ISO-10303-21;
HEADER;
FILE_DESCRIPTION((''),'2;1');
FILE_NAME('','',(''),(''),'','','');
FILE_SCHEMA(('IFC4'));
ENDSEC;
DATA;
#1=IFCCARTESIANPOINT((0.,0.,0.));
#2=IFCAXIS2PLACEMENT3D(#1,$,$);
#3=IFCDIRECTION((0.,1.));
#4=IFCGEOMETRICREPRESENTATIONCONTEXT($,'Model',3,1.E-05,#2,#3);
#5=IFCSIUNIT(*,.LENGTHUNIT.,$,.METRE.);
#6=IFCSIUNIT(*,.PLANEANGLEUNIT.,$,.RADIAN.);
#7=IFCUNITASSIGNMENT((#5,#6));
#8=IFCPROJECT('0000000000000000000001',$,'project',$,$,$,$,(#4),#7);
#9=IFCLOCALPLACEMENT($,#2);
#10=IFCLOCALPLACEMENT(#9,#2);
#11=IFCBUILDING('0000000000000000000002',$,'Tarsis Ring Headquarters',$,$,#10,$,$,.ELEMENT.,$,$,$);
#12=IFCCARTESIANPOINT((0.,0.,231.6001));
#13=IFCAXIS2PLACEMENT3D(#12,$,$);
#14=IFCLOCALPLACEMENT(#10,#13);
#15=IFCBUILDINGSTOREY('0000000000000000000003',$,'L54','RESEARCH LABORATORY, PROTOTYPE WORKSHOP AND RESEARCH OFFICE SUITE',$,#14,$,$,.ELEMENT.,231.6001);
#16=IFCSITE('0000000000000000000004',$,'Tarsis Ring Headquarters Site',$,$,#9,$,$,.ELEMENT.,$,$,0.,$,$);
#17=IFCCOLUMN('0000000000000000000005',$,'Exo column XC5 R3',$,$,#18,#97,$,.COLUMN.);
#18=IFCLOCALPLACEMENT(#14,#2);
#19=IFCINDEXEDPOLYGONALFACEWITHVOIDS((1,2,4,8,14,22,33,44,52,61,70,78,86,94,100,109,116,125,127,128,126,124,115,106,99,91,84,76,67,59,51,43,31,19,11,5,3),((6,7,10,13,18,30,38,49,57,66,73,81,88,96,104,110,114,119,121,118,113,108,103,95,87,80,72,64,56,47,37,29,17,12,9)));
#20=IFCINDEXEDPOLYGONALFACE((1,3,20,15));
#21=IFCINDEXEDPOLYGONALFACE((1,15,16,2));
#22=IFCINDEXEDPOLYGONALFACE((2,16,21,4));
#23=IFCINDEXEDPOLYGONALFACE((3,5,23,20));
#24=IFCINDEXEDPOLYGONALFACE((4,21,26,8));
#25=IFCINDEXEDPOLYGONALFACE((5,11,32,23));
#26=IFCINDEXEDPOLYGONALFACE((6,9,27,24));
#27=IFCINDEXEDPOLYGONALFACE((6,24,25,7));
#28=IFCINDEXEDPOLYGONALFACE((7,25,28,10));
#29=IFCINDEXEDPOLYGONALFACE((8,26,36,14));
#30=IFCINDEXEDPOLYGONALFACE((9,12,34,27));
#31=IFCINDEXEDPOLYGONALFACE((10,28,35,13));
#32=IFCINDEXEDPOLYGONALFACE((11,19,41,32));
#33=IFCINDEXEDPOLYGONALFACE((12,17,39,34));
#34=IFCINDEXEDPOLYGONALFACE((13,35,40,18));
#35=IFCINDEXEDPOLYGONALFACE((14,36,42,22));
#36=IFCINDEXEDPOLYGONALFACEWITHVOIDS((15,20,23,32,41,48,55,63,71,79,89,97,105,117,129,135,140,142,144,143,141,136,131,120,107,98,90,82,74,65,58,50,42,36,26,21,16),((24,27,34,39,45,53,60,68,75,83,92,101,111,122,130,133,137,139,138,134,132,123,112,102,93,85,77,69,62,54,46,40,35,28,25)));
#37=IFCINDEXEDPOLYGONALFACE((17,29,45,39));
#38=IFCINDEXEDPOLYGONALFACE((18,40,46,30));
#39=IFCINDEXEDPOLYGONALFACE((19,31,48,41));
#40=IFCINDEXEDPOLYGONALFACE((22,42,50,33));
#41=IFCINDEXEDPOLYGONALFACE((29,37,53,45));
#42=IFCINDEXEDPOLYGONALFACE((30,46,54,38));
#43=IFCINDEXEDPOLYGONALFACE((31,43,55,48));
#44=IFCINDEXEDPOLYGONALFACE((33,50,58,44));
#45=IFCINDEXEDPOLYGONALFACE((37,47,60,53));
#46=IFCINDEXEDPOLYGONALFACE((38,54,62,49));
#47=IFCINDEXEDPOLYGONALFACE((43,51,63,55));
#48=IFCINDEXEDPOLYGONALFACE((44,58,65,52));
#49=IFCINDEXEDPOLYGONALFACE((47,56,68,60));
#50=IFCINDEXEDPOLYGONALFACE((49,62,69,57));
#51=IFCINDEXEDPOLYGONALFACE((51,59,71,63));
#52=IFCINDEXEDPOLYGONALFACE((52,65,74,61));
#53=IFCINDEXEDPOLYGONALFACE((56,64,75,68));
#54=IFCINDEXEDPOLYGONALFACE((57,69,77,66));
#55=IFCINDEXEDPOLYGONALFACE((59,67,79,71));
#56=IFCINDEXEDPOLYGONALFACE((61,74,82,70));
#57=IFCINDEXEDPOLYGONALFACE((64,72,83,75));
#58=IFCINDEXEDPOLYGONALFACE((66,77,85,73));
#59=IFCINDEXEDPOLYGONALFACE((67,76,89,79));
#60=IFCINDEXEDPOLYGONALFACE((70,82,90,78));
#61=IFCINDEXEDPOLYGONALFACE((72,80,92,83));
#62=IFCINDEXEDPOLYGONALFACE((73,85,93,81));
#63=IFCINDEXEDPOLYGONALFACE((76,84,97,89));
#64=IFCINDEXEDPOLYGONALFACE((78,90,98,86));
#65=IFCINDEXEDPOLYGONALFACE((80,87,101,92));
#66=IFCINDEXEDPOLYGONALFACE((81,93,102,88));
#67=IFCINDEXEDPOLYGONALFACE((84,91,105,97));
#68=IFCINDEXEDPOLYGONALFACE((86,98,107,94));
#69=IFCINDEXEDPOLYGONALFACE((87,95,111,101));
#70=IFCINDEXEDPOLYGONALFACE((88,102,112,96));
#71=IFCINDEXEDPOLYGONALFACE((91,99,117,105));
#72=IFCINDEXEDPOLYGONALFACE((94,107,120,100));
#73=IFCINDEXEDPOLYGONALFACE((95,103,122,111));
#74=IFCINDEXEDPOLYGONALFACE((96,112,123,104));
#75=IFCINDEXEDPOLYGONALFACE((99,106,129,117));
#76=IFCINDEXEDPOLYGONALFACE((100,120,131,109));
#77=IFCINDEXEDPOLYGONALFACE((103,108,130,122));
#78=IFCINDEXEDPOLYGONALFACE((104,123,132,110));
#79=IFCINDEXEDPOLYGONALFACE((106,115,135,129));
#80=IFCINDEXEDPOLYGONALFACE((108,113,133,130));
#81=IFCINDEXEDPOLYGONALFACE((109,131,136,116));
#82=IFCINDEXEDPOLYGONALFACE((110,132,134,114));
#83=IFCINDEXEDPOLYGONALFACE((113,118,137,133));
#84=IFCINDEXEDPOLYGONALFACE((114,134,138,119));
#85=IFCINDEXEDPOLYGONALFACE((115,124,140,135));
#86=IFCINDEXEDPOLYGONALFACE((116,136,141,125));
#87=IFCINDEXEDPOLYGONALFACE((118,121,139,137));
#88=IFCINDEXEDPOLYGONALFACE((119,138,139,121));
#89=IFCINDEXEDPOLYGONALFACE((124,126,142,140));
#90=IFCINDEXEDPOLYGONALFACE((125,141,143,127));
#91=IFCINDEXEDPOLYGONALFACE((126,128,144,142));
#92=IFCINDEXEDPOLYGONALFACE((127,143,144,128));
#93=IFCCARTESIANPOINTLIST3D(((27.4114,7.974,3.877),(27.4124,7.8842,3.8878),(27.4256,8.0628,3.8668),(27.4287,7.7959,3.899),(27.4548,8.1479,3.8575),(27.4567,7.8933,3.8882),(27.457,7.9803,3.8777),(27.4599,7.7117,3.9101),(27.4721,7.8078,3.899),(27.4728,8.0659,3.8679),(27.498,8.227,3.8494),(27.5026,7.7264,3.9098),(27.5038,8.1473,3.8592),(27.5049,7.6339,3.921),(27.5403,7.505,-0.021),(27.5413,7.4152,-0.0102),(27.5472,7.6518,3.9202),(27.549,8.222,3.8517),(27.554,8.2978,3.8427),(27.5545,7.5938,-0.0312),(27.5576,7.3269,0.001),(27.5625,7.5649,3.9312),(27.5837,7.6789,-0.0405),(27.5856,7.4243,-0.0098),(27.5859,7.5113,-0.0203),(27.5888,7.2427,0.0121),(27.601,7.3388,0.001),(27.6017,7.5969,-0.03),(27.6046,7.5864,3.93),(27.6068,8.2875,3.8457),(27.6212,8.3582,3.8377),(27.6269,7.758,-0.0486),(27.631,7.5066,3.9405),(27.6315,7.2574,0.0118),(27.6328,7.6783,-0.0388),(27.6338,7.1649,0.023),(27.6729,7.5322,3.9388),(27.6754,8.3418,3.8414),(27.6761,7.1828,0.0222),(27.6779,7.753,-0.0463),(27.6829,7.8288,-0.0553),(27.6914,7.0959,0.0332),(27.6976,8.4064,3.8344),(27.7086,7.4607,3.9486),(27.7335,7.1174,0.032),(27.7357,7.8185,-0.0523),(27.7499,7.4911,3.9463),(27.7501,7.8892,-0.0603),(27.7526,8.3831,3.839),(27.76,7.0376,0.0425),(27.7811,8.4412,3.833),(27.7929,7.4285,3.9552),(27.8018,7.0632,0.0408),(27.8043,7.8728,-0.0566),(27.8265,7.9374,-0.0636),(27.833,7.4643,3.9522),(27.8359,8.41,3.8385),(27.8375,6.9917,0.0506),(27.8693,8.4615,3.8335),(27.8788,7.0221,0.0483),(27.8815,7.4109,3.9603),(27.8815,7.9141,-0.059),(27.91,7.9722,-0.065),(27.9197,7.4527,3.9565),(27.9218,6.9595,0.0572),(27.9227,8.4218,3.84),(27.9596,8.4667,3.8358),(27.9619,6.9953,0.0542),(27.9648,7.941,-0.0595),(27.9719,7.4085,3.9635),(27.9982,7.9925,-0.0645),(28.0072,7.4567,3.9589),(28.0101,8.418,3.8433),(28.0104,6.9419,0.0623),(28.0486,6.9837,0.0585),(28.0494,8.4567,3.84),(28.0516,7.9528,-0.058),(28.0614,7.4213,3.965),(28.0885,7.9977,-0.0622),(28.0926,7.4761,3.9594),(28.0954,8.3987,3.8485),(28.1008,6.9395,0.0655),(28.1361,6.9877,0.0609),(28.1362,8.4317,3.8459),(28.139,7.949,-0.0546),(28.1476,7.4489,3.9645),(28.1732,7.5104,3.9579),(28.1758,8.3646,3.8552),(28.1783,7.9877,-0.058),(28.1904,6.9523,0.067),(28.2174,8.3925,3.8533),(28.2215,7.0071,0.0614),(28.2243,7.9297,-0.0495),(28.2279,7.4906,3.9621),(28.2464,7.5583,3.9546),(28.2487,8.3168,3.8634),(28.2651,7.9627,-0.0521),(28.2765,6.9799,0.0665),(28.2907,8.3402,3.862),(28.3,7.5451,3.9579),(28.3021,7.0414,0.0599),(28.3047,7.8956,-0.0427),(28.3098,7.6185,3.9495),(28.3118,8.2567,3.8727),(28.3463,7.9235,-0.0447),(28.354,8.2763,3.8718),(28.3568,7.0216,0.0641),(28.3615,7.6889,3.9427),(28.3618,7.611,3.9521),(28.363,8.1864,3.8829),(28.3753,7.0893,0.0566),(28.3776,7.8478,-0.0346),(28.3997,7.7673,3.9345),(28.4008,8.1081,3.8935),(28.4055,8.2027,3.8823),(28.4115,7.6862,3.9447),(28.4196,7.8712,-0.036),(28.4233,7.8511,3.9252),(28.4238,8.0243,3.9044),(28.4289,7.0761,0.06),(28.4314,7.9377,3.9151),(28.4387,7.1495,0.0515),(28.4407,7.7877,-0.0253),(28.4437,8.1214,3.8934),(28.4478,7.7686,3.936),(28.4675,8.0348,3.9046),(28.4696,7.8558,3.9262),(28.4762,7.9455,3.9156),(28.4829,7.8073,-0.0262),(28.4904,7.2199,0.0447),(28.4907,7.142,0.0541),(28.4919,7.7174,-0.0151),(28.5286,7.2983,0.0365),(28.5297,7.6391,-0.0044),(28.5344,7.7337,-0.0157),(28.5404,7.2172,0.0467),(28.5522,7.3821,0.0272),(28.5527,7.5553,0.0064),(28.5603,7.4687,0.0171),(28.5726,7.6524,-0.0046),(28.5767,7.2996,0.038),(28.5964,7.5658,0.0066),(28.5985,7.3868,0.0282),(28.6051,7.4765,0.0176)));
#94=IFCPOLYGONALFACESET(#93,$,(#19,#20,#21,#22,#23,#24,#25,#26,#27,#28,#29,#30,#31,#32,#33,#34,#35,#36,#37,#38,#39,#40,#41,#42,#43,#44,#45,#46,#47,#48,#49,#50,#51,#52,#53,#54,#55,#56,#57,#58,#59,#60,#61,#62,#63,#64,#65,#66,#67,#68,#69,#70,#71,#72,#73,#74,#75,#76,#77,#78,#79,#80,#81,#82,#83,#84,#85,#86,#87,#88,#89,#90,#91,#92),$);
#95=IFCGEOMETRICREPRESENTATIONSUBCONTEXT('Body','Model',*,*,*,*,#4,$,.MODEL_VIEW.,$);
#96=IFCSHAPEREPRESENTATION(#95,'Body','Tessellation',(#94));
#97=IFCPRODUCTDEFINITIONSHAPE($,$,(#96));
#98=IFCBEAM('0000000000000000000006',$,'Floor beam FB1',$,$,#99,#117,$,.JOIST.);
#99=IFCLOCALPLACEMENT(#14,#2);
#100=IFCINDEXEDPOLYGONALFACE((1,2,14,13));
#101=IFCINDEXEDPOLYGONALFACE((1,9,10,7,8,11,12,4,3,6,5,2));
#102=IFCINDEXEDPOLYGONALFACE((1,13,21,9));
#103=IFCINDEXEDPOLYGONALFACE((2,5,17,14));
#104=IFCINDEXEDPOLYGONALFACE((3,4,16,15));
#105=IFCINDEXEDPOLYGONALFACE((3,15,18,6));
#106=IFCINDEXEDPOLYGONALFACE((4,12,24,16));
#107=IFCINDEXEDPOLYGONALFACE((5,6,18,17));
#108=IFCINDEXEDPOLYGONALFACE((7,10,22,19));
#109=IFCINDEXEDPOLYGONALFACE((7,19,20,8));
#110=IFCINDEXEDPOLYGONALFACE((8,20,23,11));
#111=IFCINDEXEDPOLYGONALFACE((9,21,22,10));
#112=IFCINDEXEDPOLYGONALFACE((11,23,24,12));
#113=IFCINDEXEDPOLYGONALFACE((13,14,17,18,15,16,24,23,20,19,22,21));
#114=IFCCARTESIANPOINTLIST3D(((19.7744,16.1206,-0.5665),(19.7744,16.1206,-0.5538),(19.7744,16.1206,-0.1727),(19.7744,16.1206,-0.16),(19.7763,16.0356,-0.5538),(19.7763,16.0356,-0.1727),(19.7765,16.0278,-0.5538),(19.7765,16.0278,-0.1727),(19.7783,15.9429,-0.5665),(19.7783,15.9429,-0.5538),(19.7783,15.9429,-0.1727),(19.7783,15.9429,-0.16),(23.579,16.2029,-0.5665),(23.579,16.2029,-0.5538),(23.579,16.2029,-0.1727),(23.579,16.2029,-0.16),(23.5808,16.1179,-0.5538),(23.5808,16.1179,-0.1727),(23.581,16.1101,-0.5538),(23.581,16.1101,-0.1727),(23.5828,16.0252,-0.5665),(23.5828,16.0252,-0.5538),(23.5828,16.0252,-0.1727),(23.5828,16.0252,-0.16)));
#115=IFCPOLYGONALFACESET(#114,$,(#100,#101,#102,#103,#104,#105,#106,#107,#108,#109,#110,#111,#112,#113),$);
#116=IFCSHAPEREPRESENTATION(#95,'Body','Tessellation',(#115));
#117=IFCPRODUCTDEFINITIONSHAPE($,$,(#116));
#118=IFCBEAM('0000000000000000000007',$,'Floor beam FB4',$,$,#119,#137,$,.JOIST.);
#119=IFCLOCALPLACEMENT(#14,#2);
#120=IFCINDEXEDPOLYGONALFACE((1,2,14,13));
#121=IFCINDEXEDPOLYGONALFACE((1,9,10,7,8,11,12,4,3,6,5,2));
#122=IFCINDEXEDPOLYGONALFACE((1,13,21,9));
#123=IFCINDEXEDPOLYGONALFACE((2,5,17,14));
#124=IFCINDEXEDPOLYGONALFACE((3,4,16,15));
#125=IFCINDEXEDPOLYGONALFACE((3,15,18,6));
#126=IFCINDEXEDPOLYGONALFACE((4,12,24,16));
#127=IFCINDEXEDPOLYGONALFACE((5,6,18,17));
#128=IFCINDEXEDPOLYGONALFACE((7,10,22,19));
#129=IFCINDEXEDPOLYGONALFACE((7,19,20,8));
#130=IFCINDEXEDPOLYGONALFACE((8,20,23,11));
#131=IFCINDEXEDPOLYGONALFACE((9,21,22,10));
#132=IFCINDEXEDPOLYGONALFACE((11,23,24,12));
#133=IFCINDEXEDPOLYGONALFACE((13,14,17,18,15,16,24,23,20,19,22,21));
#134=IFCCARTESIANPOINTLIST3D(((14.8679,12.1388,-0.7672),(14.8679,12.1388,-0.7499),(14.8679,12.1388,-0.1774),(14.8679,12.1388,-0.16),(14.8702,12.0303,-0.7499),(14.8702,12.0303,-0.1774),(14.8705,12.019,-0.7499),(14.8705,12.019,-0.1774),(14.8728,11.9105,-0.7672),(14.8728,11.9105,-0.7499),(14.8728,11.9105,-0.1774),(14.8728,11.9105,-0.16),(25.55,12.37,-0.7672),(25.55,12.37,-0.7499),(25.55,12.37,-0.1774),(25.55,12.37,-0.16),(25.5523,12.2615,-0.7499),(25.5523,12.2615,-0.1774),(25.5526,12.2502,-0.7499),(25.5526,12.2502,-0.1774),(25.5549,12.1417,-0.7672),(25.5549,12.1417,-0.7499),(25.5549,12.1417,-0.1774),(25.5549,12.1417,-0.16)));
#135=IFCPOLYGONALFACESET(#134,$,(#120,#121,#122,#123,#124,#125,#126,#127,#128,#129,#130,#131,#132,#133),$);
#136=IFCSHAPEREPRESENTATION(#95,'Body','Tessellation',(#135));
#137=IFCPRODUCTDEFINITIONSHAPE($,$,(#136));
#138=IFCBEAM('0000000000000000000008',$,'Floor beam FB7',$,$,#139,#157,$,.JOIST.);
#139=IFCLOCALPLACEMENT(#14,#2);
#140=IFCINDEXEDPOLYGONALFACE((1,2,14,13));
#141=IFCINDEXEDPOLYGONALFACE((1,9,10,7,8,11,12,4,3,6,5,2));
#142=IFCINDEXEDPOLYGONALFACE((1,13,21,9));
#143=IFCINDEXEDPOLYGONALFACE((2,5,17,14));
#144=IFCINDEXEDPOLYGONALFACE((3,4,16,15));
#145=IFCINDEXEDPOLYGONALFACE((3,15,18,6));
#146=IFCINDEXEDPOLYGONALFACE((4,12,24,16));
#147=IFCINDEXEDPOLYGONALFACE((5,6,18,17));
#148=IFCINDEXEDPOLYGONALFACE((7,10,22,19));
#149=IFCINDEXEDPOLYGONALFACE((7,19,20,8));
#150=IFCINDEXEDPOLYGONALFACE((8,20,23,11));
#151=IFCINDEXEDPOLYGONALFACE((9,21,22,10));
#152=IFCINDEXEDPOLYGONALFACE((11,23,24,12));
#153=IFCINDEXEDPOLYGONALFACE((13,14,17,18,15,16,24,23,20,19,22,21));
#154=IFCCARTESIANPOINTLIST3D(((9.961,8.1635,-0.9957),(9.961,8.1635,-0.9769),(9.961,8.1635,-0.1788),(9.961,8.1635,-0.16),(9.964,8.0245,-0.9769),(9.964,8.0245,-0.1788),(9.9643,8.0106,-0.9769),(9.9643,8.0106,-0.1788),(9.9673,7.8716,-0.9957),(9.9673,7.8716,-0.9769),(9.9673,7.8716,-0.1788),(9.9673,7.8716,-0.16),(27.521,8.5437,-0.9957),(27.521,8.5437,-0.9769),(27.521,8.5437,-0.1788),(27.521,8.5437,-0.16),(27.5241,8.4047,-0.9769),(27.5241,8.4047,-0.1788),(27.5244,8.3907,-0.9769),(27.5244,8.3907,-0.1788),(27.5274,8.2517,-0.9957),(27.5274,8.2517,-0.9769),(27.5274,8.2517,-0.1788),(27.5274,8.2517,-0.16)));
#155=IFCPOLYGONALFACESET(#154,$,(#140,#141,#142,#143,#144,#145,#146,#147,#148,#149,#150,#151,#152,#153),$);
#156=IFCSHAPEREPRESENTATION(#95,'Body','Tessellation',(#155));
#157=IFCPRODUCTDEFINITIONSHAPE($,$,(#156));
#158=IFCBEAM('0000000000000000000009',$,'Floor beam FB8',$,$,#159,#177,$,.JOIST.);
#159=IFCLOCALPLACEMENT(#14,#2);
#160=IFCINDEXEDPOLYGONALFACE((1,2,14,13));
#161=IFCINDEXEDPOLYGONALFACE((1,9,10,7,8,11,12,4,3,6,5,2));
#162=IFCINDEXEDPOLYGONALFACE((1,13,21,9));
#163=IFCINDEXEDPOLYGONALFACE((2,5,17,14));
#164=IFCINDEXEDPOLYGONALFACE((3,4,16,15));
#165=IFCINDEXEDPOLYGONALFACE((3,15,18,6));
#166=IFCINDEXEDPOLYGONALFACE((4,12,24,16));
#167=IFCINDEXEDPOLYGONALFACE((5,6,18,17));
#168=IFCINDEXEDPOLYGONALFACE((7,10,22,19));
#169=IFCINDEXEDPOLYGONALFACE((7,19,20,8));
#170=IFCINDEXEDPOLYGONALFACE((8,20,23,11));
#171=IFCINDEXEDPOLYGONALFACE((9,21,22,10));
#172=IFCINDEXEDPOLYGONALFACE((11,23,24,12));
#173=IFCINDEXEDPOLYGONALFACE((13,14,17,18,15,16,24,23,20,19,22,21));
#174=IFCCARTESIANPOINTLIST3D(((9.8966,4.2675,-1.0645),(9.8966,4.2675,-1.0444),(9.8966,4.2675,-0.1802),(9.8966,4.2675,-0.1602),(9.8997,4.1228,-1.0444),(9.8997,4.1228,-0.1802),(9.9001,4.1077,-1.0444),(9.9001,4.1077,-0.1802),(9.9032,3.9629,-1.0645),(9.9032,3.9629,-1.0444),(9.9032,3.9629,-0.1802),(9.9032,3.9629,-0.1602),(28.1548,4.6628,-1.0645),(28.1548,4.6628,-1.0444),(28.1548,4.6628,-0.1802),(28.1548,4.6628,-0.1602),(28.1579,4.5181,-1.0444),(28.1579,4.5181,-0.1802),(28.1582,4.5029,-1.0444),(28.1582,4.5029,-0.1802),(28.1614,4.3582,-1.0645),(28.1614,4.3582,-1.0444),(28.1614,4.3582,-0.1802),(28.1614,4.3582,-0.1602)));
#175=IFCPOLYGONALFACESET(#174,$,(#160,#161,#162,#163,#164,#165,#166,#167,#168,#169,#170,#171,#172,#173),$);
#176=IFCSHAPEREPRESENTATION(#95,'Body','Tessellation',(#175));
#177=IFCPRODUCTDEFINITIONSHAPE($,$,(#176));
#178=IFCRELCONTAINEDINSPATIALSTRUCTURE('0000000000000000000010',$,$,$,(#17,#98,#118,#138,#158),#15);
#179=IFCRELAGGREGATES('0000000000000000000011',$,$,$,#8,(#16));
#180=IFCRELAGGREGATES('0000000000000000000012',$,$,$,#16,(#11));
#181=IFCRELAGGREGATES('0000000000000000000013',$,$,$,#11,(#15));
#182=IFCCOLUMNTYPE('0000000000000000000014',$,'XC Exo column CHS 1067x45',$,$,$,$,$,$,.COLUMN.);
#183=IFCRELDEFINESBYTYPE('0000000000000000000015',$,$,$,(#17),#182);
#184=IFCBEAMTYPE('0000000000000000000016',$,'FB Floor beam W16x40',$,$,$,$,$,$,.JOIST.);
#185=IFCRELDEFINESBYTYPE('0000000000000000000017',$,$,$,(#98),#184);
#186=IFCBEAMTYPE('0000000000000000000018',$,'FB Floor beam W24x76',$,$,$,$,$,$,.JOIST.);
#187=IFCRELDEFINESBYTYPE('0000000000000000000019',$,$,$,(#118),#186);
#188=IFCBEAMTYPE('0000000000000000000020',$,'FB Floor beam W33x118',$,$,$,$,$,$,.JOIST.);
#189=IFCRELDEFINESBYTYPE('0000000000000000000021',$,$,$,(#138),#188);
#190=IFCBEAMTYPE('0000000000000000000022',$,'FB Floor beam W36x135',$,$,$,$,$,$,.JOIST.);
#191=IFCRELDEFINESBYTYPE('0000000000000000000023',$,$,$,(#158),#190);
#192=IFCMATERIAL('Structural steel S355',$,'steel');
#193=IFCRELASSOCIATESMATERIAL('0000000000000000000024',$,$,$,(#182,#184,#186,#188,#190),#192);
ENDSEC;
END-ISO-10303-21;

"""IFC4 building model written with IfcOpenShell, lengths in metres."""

from ifc_helpers import new_model, si_unit, direction, frame, origin, origin_2d, place, context, subcontext, project, spatial, hollow_circle, i_section, extrude, material, material_profile, profile_set, type_object, element, save


model = new_model("IFC4")

# Units and contexts
model_context = context("Model", 3, precision=1e-05, world=origin(), true_north=direction((0.0, 1.0)))
body_context = subcontext(model_context, "Body", "Model", "MODEL_VIEW")
ifc_project = project(units=[si_unit("LENGTHUNIT", "METRE"), si_unit("PLANEANGLEUNIT", "RADIAN")], contexts=[model_context])

# Site, building, storey
site_placement = place(None, origin())
site = spatial("IfcSite", under=ifc_project, at=site_placement, Name="Tarsis Ring Headquarters Site", CompositionType="ELEMENT", RefElevation=0.0)
building_placement = place(site_placement, origin())
building = spatial("IfcBuilding", under=site, at=building_placement, Name="Tarsis Ring Headquarters", CompositionType="ELEMENT")
storey_placement = place(building_placement, frame((0.0, 0.0, 231.6001)))
storey = spatial("IfcBuildingStorey", under=building, at=storey_placement, Name="L54", Description="RESEARCH LABORATORY, PROTOTYPE WORKSHOP AND RESEARCH OFFICE SUITE", CompositionType="ELEMENT", Elevation=231.6001)

# Column
ifc_material_1 = material(Name="Structural steel S355", Category="steel")
ifc_material_profile_1 = material_profile(ifc_material_1, hollow_circle(Radius=0.5334, WallThickness=0.0449, at=origin_2d()), Name="CHS 1067x45")
ifc_profile_set_1 = profile_set([ifc_material_profile_1], Name="Structural steel S355")
column_type = type_object("IfcColumnType", Name="XC Exo column CHS 1067x45", PredefinedType="COLUMN", material=ifc_profile_set_1)
column_placement = place(storey_placement, frame((28.072, 7.4683, 0.001), z_axis=(-0.032816, 0.119392, 0.992305), x_axis=(-0.964241, -0.265028, 0.0)))
element("IfcColumn", 1, at=column_placement, inside=storey, type_object=column_type, Name="Exo column XC5 R3", PredefinedType="COLUMN", context=body_context, shape_type="SweptSolid", body=[
    extrude(hollow_circle(Radius=0.5334, WallThickness=0.0449, at=origin_2d()), origin(), (0.0, 0.0, 1.0), 3.9282),
])

# Beams
ifc_material_profile_2 = material_profile(ifc_material_1, i_section(OverallWidth=0.1777, OverallDepth=0.4065, WebThickness=0.0078, FlangeThickness=0.0127, at=origin_2d()), Name="W16x40")
ifc_profile_set_2 = profile_set([ifc_material_profile_2], Name="Structural steel S355")
beam_type_1 = type_object("IfcBeamType", Name="FB Floor beam W16x40", PredefinedType="JOIST", material=ifc_profile_set_2)
beam_1_placement = place(storey_placement, frame((19.7764, 16.0317, -0.3633), z_axis=(0.999766, 0.021621, 0.0), x_axis=(-0.021621, 0.999766, 0.0)))
element("IfcBeam", 2, at=beam_1_placement, inside=storey, type_object=beam_type_1, Name="Floor beam FB1", PredefinedType="JOIST", context=body_context, shape_type="SweptSolid", body=[
    extrude(i_section(OverallWidth=0.1777, OverallDepth=0.4065, WebThickness=0.0078, FlangeThickness=0.0127, at=origin_2d()), origin(), (0.0, 0.0, 1.0), 3.8054),
])
ifc_material_profile_3 = material_profile(ifc_material_1, i_section(OverallWidth=0.2283, OverallDepth=0.6072, WebThickness=0.0112, FlangeThickness=0.0173, at=origin_2d()), Name="W24x76")
ifc_profile_set_3 = profile_set([ifc_material_profile_3], Name="Structural steel S355")
beam_type_2 = type_object("IfcBeamType", Name="FB Floor beam W24x76", PredefinedType="JOIST", material=ifc_profile_set_3)
beam_2_placement = place(storey_placement, frame((14.8704, 12.0247, -0.4636), z_axis=(0.999766, 0.021639, 0.0), x_axis=(-0.021639, 0.999766, 0.0)))
element("IfcBeam", 3, at=beam_2_placement, inside=storey, type_object=beam_type_2, Name="Floor beam FB4", PredefinedType="JOIST", context=body_context, shape_type="SweptSolid", body=[
    extrude(i_section(OverallWidth=0.2283, OverallDepth=0.6072, WebThickness=0.0112, FlangeThickness=0.0173, at=origin_2d()), origin(), (0.0, 0.0, 1.0), 10.6846),
])
ifc_material_profile_4 = material_profile(ifc_material_1, i_section(OverallWidth=0.292, OverallDepth=0.8357, WebThickness=0.0139, FlangeThickness=0.0188, at=origin_2d()), Name="W33x118")
ifc_profile_set_4 = profile_set([ifc_material_profile_4], Name="Structural steel S355")
beam_type_3 = type_object("IfcBeamType", Name="FB Floor beam W33x118", PredefinedType="JOIST", material=ifc_profile_set_4)
beam_3_placement = place(storey_placement, frame((9.9641, 8.0176, -0.5779), z_axis=(0.999766, 0.021642, 0.0), x_axis=(-0.021642, 0.999766, 0.0)))
element("IfcBeam", 4, at=beam_3_placement, inside=storey, type_object=beam_type_3, Name="Floor beam FB7", PredefinedType="JOIST", context=body_context, shape_type="SweptSolid", body=[
    extrude(i_section(OverallWidth=0.292, OverallDepth=0.8357, WebThickness=0.0139, FlangeThickness=0.0188, at=origin_2d()), origin(), (0.0, 0.0, 1.0), 17.5642),
])
ifc_material_profile_5 = material_profile(ifc_material_1, i_section(OverallWidth=0.3047, OverallDepth=0.9043, WebThickness=0.0151, FlangeThickness=0.02, at=origin_2d()), Name="W36x135")
ifc_profile_set_5 = profile_set([ifc_material_profile_5], Name="Structural steel S355")
beam_type_4 = type_object("IfcBeamType", Name="FB Floor beam W36x135", PredefinedType="JOIST", material=ifc_profile_set_5)
beam_4_placement = place(storey_placement, frame((9.8999, 4.1152, -0.6123), z_axis=(0.999766, 0.021644, 0.0), x_axis=(-0.021644, 0.999766, 0.0)))
element("IfcBeam", 5, at=beam_4_placement, inside=storey, type_object=beam_type_4, Name="Floor beam FB8", PredefinedType="JOIST", context=body_context, shape_type="SweptSolid", body=[
    extrude(i_section(OverallWidth=0.3047, OverallDepth=0.9043, WebThickness=0.0151, FlangeThickness=0.02, at=origin_2d()), origin(), (0.0, 0.0, 1.0), 18.2625),
])

save(model, "model.ifc")
